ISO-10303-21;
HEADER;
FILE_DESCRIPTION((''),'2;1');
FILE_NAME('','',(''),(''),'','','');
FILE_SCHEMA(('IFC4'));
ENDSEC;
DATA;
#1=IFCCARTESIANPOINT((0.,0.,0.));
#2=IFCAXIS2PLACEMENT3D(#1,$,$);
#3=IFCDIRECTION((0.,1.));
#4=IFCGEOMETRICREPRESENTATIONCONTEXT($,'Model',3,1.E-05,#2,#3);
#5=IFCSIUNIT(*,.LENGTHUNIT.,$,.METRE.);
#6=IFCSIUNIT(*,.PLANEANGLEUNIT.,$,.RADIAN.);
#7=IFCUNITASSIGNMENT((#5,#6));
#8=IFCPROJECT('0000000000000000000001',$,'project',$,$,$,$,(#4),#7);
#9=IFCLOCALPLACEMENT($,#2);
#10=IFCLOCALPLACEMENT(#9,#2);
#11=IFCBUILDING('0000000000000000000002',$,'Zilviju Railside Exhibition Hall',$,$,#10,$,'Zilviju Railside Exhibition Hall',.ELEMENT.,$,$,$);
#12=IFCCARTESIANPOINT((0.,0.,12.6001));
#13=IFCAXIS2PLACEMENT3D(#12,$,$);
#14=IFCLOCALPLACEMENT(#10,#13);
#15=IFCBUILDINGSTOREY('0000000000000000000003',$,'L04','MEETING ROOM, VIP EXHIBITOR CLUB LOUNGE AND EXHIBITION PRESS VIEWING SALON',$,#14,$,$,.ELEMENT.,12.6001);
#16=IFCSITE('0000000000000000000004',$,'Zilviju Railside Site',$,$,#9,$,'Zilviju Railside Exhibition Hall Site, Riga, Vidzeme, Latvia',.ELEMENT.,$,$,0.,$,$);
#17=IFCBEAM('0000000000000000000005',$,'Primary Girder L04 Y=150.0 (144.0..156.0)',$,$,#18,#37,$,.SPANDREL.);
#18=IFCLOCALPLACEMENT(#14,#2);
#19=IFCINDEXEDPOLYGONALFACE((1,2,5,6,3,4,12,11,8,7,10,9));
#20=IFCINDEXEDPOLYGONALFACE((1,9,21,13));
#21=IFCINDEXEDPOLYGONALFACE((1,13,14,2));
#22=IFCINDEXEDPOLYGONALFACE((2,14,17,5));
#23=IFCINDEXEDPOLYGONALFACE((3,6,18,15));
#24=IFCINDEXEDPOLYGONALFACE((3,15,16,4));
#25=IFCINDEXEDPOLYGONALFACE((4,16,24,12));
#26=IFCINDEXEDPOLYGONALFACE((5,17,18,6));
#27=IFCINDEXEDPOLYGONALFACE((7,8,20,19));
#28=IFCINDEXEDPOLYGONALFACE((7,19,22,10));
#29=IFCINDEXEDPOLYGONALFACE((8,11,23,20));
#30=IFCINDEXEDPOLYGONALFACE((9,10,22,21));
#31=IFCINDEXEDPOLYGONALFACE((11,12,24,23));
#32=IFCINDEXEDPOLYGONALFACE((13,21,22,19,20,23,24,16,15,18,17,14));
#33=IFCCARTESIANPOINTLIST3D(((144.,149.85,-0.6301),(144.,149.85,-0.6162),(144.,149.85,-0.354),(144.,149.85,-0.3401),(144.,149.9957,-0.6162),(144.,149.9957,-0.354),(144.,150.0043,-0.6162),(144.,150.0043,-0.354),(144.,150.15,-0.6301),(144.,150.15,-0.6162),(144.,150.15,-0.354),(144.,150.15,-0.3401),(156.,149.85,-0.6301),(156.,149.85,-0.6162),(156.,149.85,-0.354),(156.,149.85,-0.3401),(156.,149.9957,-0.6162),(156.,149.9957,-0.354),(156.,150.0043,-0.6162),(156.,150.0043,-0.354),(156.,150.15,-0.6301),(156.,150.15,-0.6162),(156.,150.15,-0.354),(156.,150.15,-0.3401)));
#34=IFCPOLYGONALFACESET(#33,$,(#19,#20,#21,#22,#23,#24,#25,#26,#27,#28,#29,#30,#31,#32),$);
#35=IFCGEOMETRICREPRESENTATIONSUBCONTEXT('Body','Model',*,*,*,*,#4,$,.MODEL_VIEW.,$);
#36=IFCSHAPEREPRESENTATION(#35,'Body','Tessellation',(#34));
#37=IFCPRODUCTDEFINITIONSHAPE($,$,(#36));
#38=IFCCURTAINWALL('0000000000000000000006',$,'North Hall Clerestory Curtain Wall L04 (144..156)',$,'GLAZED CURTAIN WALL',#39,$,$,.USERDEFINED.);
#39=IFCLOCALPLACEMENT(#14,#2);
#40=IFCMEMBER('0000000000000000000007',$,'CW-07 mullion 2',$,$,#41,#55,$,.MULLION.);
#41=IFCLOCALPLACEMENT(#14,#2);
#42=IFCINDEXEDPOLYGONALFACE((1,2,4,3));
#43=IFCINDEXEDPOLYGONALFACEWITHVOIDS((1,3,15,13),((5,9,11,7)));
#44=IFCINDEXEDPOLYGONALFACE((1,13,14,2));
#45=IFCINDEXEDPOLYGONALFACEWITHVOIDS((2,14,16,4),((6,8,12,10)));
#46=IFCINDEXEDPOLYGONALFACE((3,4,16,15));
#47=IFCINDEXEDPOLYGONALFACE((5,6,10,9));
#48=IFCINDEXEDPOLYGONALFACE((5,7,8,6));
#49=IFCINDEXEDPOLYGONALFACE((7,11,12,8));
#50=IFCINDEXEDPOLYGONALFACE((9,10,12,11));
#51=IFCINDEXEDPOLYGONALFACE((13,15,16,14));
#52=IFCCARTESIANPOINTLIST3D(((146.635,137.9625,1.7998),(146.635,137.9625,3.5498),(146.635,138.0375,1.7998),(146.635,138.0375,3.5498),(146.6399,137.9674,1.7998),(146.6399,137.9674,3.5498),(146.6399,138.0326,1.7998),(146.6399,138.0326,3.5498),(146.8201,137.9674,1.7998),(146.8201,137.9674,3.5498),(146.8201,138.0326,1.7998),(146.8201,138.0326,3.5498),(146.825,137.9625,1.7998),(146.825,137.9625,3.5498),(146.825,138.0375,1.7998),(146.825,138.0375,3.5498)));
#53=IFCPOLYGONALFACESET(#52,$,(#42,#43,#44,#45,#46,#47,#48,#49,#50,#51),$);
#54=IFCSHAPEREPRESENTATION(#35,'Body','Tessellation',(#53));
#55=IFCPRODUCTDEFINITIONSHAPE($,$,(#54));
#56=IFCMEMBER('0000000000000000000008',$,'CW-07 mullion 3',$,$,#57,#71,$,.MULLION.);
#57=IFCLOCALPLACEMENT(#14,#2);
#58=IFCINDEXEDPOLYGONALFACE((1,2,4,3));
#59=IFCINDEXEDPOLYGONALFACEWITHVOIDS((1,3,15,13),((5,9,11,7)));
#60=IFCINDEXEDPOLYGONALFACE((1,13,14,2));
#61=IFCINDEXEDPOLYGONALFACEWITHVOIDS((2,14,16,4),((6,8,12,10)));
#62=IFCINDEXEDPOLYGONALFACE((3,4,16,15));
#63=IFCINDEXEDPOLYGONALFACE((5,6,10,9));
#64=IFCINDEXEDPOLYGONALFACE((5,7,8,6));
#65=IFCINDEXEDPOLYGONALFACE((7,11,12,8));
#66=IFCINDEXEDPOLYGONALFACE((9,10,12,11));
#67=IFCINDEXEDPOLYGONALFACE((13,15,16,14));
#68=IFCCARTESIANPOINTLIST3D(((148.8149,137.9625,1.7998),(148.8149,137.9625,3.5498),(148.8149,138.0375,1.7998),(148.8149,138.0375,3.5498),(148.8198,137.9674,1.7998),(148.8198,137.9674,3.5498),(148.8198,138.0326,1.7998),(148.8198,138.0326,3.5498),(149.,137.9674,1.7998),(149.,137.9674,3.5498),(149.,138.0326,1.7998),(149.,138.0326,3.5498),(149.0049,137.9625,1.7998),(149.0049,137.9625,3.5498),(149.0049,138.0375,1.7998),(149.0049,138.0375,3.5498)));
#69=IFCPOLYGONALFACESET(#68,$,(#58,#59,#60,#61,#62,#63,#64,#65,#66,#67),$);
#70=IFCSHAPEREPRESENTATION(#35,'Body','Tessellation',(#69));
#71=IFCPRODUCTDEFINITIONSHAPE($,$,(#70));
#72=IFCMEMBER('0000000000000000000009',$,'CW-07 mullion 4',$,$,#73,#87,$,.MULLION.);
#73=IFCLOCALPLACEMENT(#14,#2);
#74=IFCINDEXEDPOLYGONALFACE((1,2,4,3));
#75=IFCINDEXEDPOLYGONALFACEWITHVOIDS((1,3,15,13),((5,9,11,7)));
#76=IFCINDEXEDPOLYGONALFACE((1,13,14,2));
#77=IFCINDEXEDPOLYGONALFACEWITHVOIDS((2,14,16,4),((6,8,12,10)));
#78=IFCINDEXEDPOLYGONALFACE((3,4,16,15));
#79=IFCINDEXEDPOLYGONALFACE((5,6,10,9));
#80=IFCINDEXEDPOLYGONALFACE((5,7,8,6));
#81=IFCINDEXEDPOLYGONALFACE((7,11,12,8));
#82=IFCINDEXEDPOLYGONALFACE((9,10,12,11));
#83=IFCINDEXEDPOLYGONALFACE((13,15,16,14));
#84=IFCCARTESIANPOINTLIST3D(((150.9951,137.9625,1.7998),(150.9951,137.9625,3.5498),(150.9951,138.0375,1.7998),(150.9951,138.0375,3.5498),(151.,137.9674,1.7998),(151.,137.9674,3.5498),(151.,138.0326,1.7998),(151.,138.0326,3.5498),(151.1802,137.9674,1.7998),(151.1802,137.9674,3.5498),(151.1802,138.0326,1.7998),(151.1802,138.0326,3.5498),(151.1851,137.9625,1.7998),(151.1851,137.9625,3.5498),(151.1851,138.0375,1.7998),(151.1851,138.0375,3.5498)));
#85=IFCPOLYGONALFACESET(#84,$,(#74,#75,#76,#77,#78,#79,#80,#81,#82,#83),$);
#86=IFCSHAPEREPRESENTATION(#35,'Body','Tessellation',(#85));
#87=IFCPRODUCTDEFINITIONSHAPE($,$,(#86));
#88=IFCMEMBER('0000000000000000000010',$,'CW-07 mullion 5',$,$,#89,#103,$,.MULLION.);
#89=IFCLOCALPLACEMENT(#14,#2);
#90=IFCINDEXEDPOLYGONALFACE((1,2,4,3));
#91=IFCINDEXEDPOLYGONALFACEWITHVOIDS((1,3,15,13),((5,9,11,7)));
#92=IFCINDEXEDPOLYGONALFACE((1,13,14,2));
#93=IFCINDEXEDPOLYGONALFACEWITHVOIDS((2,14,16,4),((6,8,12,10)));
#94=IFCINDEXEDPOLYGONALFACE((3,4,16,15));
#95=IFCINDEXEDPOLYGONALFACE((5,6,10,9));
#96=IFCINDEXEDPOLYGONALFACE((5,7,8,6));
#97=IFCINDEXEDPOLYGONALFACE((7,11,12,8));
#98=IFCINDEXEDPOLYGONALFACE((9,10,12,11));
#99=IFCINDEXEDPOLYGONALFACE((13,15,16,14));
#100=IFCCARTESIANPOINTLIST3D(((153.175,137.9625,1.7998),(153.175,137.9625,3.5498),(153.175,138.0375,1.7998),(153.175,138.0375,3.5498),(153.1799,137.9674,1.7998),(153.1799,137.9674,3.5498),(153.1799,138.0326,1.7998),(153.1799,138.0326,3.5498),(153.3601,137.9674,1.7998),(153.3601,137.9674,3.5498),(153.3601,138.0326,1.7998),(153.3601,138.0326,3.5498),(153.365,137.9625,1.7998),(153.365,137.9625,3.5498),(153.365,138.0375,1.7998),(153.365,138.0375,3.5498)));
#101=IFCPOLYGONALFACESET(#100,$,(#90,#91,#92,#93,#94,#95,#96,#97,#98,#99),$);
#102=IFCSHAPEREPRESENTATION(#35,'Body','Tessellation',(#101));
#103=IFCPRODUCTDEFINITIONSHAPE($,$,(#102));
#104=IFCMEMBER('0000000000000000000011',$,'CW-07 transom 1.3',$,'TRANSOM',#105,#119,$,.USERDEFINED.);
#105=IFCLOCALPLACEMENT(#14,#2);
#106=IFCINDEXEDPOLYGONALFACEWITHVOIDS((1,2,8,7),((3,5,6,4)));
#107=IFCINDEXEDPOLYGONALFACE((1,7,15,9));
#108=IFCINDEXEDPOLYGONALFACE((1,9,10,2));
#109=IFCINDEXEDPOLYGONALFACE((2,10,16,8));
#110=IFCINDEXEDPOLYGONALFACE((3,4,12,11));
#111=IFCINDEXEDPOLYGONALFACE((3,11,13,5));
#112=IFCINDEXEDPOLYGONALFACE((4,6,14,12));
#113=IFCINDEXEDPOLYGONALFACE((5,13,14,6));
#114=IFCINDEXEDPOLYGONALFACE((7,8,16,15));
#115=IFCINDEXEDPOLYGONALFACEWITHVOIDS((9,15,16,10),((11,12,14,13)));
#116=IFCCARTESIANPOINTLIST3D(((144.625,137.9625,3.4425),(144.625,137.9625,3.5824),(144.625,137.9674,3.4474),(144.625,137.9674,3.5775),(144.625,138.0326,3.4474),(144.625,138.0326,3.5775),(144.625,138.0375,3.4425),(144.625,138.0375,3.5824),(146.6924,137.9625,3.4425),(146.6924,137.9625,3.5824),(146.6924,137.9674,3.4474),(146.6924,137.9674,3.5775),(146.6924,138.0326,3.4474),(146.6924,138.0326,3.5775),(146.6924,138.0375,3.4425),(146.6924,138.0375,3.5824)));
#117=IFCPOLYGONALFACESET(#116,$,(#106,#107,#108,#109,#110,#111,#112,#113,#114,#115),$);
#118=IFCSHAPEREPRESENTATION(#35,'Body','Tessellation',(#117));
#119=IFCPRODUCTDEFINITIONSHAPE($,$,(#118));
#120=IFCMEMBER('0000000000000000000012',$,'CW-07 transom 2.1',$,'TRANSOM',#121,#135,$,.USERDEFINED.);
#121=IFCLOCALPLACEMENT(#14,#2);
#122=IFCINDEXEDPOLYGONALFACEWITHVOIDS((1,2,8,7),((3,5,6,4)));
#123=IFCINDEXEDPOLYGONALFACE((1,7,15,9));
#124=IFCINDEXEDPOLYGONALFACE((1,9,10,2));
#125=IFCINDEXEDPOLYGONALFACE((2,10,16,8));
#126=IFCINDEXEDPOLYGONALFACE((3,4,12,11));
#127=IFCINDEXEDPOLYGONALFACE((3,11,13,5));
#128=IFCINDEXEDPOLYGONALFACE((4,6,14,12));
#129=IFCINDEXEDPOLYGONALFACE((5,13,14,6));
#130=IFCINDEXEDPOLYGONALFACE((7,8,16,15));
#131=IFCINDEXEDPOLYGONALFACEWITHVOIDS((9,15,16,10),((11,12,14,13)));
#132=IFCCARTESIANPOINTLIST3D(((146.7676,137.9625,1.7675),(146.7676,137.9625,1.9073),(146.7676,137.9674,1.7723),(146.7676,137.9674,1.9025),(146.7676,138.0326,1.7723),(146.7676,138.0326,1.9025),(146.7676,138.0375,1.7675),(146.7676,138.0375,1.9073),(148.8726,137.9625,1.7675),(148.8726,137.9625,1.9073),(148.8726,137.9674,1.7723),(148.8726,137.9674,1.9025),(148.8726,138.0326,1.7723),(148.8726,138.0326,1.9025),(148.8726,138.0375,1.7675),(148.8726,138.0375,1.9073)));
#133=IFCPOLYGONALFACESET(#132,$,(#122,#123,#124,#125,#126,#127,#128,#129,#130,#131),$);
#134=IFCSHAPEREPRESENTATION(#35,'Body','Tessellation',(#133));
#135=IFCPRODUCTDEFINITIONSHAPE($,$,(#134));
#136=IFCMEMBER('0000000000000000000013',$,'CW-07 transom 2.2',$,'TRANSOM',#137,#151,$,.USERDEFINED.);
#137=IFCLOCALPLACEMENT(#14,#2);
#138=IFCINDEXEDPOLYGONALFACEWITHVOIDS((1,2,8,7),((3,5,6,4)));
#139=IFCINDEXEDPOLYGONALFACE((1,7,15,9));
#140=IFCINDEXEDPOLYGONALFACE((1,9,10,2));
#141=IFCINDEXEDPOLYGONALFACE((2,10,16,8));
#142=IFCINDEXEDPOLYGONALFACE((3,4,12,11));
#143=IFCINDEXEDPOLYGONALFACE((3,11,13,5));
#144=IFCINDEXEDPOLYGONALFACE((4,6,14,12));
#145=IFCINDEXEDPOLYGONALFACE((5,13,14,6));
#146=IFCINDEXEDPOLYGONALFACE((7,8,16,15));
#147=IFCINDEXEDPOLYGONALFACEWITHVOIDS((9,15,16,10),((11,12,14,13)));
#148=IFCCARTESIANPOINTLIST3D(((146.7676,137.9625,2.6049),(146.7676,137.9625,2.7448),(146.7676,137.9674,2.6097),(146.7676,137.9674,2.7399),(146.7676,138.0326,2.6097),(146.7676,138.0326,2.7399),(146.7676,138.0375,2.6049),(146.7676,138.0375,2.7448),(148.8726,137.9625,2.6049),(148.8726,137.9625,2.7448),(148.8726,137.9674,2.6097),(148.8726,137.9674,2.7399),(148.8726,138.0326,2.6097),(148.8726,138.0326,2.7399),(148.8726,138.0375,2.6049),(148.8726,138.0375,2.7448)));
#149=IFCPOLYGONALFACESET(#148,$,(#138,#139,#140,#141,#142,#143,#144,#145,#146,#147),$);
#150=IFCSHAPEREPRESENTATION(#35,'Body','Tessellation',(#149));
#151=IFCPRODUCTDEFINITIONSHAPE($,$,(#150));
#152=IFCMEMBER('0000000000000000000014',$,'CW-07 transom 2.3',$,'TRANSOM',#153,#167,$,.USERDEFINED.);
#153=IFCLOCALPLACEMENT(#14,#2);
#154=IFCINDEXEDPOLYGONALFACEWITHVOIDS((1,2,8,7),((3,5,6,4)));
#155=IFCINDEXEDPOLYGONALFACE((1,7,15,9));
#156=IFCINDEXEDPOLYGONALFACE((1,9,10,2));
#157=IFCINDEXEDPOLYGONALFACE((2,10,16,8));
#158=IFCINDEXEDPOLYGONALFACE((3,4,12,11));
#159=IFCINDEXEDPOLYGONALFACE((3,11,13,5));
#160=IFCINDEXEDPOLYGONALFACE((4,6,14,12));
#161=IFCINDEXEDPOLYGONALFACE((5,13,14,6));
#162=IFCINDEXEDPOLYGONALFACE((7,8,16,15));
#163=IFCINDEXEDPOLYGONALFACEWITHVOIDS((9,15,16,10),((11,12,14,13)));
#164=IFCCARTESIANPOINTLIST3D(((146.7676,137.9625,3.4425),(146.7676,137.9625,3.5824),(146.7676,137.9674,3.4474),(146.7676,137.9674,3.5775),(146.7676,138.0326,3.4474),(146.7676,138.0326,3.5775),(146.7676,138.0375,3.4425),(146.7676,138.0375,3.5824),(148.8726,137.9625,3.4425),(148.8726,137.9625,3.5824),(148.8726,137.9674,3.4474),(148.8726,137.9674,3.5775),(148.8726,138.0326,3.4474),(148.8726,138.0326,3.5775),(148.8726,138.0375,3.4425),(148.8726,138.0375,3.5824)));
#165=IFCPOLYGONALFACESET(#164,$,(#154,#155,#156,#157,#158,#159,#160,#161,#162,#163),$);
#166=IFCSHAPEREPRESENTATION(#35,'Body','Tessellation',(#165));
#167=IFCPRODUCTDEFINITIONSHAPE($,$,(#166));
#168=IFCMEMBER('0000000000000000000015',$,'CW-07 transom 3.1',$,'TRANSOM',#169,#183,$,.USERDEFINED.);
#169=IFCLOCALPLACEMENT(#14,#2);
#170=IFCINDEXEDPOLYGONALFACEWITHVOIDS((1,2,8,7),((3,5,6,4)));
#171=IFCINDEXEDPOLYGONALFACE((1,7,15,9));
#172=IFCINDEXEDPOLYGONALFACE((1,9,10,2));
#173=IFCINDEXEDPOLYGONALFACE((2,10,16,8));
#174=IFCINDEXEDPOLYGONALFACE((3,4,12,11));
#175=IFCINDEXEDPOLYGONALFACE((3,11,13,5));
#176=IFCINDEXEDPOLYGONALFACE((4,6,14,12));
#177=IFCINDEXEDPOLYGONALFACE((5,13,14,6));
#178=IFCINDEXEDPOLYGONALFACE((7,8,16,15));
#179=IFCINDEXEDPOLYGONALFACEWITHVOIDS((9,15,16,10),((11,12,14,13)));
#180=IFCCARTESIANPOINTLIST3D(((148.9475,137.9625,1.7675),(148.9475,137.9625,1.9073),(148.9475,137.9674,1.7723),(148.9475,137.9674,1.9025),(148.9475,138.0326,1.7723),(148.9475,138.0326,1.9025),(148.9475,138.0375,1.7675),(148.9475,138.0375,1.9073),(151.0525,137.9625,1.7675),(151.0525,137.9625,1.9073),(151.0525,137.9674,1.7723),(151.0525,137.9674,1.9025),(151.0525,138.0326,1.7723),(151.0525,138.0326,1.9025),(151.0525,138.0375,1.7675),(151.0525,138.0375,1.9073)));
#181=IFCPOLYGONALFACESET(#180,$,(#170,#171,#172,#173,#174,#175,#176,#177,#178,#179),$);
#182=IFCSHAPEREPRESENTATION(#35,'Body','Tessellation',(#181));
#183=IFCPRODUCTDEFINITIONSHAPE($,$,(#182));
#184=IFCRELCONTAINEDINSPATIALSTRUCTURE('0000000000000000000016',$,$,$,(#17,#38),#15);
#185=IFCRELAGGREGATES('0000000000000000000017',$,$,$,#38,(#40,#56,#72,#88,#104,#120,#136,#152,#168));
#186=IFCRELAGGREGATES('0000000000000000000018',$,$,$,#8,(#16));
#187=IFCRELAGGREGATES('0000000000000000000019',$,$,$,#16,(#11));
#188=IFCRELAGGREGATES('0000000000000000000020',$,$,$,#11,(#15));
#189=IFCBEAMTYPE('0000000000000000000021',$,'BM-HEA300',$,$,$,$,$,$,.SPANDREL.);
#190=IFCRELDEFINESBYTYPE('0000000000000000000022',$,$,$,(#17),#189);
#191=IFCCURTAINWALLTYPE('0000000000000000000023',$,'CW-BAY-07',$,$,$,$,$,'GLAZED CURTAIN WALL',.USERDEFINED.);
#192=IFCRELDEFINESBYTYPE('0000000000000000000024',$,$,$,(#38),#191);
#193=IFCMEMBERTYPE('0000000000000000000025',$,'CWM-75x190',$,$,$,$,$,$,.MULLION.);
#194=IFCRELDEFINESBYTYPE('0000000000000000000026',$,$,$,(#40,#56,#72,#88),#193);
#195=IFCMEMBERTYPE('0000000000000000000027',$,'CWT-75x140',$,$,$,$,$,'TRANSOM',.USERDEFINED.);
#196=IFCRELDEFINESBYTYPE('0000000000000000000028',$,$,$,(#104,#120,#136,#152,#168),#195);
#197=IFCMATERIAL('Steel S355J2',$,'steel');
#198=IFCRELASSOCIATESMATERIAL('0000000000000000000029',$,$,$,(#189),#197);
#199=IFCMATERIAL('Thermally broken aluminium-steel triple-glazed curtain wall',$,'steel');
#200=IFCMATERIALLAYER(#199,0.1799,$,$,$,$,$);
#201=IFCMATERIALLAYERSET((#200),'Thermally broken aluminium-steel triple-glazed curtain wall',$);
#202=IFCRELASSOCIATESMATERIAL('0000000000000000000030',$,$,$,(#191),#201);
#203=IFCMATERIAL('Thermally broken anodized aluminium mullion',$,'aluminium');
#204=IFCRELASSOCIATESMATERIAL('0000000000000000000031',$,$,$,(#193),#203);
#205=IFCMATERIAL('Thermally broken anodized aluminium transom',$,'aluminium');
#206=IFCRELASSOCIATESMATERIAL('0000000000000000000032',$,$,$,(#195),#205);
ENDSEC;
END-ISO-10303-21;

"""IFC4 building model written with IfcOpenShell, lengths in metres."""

from ifc_helpers import new_model, si_unit, direction, frame, origin, origin_2d, place, context, subcontext, project, spatial, hollow_rectangle, i_section, extrude, material, layer, layer_set, material_profile, profile_set, type_object, element, aggregate, save


model = new_model("IFC4")

# Units and contexts
model_context = context("Model", 3, precision=1e-05, world=origin(), true_north=direction((0.0, 1.0)))
body_context = subcontext(model_context, "Body", "Model", "MODEL_VIEW")
ifc_project = project(units=[si_unit("LENGTHUNIT", "METRE"), si_unit("PLANEANGLEUNIT", "RADIAN")], contexts=[model_context])

# Site, building, storey
site_placement = place(None, origin())
site = spatial("IfcSite", under=ifc_project, at=site_placement, Name="Zilviju Railside Site", LongName="Zilviju Railside Exhibition Hall Site, Riga, Vidzeme, Latvia", CompositionType="ELEMENT", RefElevation=0.0)
building_placement = place(site_placement, origin())
building = spatial("IfcBuilding", under=site, at=building_placement, Name="Zilviju Railside Exhibition Hall", LongName="Zilviju Railside Exhibition Hall", CompositionType="ELEMENT")
storey_placement = place(building_placement, frame((0.0, 0.0, 12.6001)))
storey = spatial("IfcBuildingStorey", under=building, at=storey_placement, Name="L04", Description="MEETING ROOM, VIP EXHIBITOR CLUB LOUNGE AND EXHIBITION PRESS VIEWING SALON", CompositionType="ELEMENT", Elevation=12.6001)

# Beam
ifc_material_1 = material(Name="Steel S355J2", Category="steel")
ifc_material_profile_1 = material_profile(ifc_material_1, i_section(OverallWidth=0.3, OverallDepth=0.29, WebThickness=0.0085, FlangeThickness=0.0139, at=origin_2d()), Name="HEA 300")
ifc_profile_set_1 = profile_set([ifc_material_profile_1], Name="Steel S355J2")
beam_type = type_object("IfcBeamType", Name="BM-HEA300", PredefinedType="SPANDREL", material=ifc_profile_set_1)
beam_placement = place(storey_placement, frame((144.0, 150.0, -0.4851), z_axis=(1.0, 0.0, 0.0), x_axis=(0.0, 1.0, 0.0)))
element("IfcBeam", 1, at=beam_placement, inside=storey, type_object=beam_type, Name="Primary Girder L04 Y=150.0 (144.0..156.0)", PredefinedType="SPANDREL", context=body_context, shape_type="SweptSolid", body=[
    extrude(i_section(OverallWidth=0.3, OverallDepth=0.29, WebThickness=0.0085, FlangeThickness=0.0139, at=origin_2d()), origin(), (0.0, 0.0, 1.0), 12.0),
])

# Curtain wall, members
ifc_material_2 = material(Name="Thermally broken aluminium-steel triple-glazed curtain wall", Category="steel")
ifc_layer_1 = layer(ifc_material_2, 0.1799)
ifc_layer_set_1 = layer_set([ifc_layer_1], Name="Thermally broken aluminium-steel triple-glazed curtain wall")
curtain_wall_type = type_object("IfcCurtainWallType", Name="CW-BAY-07", ElementType="GLAZED CURTAIN WALL", PredefinedType="USERDEFINED", material=ifc_layer_set_1)
curtain_wall_placement = place(storey_placement, origin())
curtain_wall = element("IfcCurtainWall", 2, at=curtain_wall_placement, inside=storey, type_object=curtain_wall_type, Name="North Hall Clerestory Curtain Wall L04 (144..156)", ObjectType="GLAZED CURTAIN WALL", PredefinedType="USERDEFINED")
ifc_material_3 = material(Name="Thermally broken anodized aluminium mullion", Category="aluminium")
ifc_material_profile_2 = material_profile(ifc_material_3, hollow_rectangle(XDim=0.075, YDim=0.1899, WallThickness=0.0049, at=origin_2d()), Name="MULLION 190x75x5")
ifc_profile_set_2 = profile_set([ifc_material_profile_2], Name="Thermally broken anodized aluminium mullion")
member_type_1 = type_object("IfcMemberType", Name="CWM-75x190", PredefinedType="MULLION", material=ifc_profile_set_2)
member_1_placement = place(storey_placement, frame((146.73, 138.0, 1.7998), z_axis=(0.0, 0.0, 1.0), x_axis=(0.0, 1.0, 0.0)))
member_1 = element("IfcMember", 3, at=member_1_placement, type_object=member_type_1, Name="CW-07 mullion 2", PredefinedType="MULLION", context=body_context, shape_type="SweptSolid", body=[
    extrude(hollow_rectangle(XDim=0.075, YDim=0.1899, WallThickness=0.0049, at=origin_2d()), origin(), (0.0, 0.0, 1.0), 1.75),
])
member_2_placement = place(storey_placement, frame((148.9099, 138.0, 1.7998), z_axis=(0.0, 0.0, 1.0), x_axis=(0.0, 1.0, 0.0)))
member_2 = element("IfcMember", 4, at=member_2_placement, type_object=member_type_1, Name="CW-07 mullion 3", PredefinedType="MULLION", context=body_context, shape_type="SweptSolid", body=[
    extrude(hollow_rectangle(XDim=0.075, YDim=0.1899, WallThickness=0.0049, at=origin_2d()), origin(), (0.0, 0.0, 1.0), 1.75),
])
member_3_placement = place(storey_placement, frame((151.0901, 138.0, 1.7998), z_axis=(0.0, 0.0, 1.0), x_axis=(0.0, 1.0, 0.0)))
member_3 = element("IfcMember", 5, at=member_3_placement, type_object=member_type_1, Name="CW-07 mullion 4", PredefinedType="MULLION", context=body_context, shape_type="SweptSolid", body=[
    extrude(hollow_rectangle(XDim=0.075, YDim=0.1899, WallThickness=0.0049, at=origin_2d()), origin(), (0.0, 0.0, 1.0), 1.75),
])
member_4_placement = place(storey_placement, frame((153.27, 138.0, 1.7998), z_axis=(0.0, 0.0, 1.0), x_axis=(0.0, 1.0, 0.0)))
member_4 = element("IfcMember", 6, at=member_4_placement, type_object=member_type_1, Name="CW-07 mullion 5", PredefinedType="MULLION", context=body_context, shape_type="SweptSolid", body=[
    extrude(hollow_rectangle(XDim=0.075, YDim=0.1899, WallThickness=0.0049, at=origin_2d()), origin(), (0.0, 0.0, 1.0), 1.75),
])
ifc_material_4 = material(Name="Thermally broken anodized aluminium transom", Category="aluminium")
ifc_material_profile_3 = material_profile(ifc_material_4, hollow_rectangle(XDim=0.075, YDim=0.1399, WallThickness=0.0049, at=origin_2d()), Name="TRANSOM 140x75x5")
ifc_profile_set_3 = profile_set([ifc_material_profile_3], Name="Thermally broken anodized aluminium transom")
member_type_2 = type_object("IfcMemberType", Name="CWT-75x140", ElementType="TRANSOM", PredefinedType="USERDEFINED", material=ifc_profile_set_3)
member_5_placement = place(storey_placement, frame((144.625, 138.0, 3.5125), z_axis=(1.0, 0.0, 0.0), x_axis=(0.0, 1.0, 0.0)))
member_5 = element("IfcMember", 7, at=member_5_placement, type_object=member_type_2, Name="CW-07 transom 1.3", ObjectType="TRANSOM", PredefinedType="USERDEFINED", context=body_context, shape_type="SweptSolid", body=[
    extrude(hollow_rectangle(XDim=0.075, YDim=0.1399, WallThickness=0.0049, at=origin_2d()), origin(), (0.0, 0.0, 1.0), 2.0674),
])
member_6_placement = place(storey_placement, frame((146.7676, 138.0, 1.8374), z_axis=(1.0, 0.0, 0.0), x_axis=(0.0, 1.0, 0.0)))
member_6 = element("IfcMember", 8, at=member_6_placement, type_object=member_type_2, Name="CW-07 transom 2.1", ObjectType="TRANSOM", PredefinedType="USERDEFINED", context=body_context, shape_type="SweptSolid", body=[
    extrude(hollow_rectangle(XDim=0.075, YDim=0.1399, WallThickness=0.0049, at=origin_2d()), origin(), (0.0, 0.0, 1.0), 2.105),
])
member_7_placement = place(storey_placement, frame((146.7676, 138.0, 2.6748), z_axis=(1.0, 0.0, 0.0), x_axis=(0.0, 1.0, 0.0)))
member_7 = element("IfcMember", 9, at=member_7_placement, type_object=member_type_2, Name="CW-07 transom 2.2", ObjectType="TRANSOM", PredefinedType="USERDEFINED", context=body_context, shape_type="SweptSolid", body=[
    extrude(hollow_rectangle(XDim=0.075, YDim=0.1399, WallThickness=0.0049, at=origin_2d()), origin(), (0.0, 0.0, 1.0), 2.105),
])
member_8_placement = place(storey_placement, frame((146.7676, 138.0, 3.5125), z_axis=(1.0, 0.0, 0.0), x_axis=(0.0, 1.0, 0.0)))
member_8 = element("IfcMember", 10, at=member_8_placement, type_object=member_type_2, Name="CW-07 transom 2.3", ObjectType="TRANSOM", PredefinedType="USERDEFINED", context=body_context, shape_type="SweptSolid", body=[
    extrude(hollow_rectangle(XDim=0.075, YDim=0.1399, WallThickness=0.0049, at=origin_2d()), origin(), (0.0, 0.0, 1.0), 2.105),
])
member_9_placement = place(storey_placement, frame((148.9475, 138.0, 1.8374), z_axis=(1.0, 0.0, 0.0), x_axis=(0.0, 1.0, 0.0)))
member_9 = element("IfcMember", 11, at=member_9_placement, type_object=member_type_2, Name="CW-07 transom 3.1", ObjectType="TRANSOM", PredefinedType="USERDEFINED", context=body_context, shape_type="SweptSolid", body=[
    extrude(hollow_rectangle(XDim=0.075, YDim=0.1399, WallThickness=0.0049, at=origin_2d()), origin(), (0.0, 0.0, 1.0), 2.105),
])
aggregate(curtain_wall, [member_1, member_2, member_3, member_4, member_5, member_6, member_7, member_8, member_9])

save(model, "model.ifc")
